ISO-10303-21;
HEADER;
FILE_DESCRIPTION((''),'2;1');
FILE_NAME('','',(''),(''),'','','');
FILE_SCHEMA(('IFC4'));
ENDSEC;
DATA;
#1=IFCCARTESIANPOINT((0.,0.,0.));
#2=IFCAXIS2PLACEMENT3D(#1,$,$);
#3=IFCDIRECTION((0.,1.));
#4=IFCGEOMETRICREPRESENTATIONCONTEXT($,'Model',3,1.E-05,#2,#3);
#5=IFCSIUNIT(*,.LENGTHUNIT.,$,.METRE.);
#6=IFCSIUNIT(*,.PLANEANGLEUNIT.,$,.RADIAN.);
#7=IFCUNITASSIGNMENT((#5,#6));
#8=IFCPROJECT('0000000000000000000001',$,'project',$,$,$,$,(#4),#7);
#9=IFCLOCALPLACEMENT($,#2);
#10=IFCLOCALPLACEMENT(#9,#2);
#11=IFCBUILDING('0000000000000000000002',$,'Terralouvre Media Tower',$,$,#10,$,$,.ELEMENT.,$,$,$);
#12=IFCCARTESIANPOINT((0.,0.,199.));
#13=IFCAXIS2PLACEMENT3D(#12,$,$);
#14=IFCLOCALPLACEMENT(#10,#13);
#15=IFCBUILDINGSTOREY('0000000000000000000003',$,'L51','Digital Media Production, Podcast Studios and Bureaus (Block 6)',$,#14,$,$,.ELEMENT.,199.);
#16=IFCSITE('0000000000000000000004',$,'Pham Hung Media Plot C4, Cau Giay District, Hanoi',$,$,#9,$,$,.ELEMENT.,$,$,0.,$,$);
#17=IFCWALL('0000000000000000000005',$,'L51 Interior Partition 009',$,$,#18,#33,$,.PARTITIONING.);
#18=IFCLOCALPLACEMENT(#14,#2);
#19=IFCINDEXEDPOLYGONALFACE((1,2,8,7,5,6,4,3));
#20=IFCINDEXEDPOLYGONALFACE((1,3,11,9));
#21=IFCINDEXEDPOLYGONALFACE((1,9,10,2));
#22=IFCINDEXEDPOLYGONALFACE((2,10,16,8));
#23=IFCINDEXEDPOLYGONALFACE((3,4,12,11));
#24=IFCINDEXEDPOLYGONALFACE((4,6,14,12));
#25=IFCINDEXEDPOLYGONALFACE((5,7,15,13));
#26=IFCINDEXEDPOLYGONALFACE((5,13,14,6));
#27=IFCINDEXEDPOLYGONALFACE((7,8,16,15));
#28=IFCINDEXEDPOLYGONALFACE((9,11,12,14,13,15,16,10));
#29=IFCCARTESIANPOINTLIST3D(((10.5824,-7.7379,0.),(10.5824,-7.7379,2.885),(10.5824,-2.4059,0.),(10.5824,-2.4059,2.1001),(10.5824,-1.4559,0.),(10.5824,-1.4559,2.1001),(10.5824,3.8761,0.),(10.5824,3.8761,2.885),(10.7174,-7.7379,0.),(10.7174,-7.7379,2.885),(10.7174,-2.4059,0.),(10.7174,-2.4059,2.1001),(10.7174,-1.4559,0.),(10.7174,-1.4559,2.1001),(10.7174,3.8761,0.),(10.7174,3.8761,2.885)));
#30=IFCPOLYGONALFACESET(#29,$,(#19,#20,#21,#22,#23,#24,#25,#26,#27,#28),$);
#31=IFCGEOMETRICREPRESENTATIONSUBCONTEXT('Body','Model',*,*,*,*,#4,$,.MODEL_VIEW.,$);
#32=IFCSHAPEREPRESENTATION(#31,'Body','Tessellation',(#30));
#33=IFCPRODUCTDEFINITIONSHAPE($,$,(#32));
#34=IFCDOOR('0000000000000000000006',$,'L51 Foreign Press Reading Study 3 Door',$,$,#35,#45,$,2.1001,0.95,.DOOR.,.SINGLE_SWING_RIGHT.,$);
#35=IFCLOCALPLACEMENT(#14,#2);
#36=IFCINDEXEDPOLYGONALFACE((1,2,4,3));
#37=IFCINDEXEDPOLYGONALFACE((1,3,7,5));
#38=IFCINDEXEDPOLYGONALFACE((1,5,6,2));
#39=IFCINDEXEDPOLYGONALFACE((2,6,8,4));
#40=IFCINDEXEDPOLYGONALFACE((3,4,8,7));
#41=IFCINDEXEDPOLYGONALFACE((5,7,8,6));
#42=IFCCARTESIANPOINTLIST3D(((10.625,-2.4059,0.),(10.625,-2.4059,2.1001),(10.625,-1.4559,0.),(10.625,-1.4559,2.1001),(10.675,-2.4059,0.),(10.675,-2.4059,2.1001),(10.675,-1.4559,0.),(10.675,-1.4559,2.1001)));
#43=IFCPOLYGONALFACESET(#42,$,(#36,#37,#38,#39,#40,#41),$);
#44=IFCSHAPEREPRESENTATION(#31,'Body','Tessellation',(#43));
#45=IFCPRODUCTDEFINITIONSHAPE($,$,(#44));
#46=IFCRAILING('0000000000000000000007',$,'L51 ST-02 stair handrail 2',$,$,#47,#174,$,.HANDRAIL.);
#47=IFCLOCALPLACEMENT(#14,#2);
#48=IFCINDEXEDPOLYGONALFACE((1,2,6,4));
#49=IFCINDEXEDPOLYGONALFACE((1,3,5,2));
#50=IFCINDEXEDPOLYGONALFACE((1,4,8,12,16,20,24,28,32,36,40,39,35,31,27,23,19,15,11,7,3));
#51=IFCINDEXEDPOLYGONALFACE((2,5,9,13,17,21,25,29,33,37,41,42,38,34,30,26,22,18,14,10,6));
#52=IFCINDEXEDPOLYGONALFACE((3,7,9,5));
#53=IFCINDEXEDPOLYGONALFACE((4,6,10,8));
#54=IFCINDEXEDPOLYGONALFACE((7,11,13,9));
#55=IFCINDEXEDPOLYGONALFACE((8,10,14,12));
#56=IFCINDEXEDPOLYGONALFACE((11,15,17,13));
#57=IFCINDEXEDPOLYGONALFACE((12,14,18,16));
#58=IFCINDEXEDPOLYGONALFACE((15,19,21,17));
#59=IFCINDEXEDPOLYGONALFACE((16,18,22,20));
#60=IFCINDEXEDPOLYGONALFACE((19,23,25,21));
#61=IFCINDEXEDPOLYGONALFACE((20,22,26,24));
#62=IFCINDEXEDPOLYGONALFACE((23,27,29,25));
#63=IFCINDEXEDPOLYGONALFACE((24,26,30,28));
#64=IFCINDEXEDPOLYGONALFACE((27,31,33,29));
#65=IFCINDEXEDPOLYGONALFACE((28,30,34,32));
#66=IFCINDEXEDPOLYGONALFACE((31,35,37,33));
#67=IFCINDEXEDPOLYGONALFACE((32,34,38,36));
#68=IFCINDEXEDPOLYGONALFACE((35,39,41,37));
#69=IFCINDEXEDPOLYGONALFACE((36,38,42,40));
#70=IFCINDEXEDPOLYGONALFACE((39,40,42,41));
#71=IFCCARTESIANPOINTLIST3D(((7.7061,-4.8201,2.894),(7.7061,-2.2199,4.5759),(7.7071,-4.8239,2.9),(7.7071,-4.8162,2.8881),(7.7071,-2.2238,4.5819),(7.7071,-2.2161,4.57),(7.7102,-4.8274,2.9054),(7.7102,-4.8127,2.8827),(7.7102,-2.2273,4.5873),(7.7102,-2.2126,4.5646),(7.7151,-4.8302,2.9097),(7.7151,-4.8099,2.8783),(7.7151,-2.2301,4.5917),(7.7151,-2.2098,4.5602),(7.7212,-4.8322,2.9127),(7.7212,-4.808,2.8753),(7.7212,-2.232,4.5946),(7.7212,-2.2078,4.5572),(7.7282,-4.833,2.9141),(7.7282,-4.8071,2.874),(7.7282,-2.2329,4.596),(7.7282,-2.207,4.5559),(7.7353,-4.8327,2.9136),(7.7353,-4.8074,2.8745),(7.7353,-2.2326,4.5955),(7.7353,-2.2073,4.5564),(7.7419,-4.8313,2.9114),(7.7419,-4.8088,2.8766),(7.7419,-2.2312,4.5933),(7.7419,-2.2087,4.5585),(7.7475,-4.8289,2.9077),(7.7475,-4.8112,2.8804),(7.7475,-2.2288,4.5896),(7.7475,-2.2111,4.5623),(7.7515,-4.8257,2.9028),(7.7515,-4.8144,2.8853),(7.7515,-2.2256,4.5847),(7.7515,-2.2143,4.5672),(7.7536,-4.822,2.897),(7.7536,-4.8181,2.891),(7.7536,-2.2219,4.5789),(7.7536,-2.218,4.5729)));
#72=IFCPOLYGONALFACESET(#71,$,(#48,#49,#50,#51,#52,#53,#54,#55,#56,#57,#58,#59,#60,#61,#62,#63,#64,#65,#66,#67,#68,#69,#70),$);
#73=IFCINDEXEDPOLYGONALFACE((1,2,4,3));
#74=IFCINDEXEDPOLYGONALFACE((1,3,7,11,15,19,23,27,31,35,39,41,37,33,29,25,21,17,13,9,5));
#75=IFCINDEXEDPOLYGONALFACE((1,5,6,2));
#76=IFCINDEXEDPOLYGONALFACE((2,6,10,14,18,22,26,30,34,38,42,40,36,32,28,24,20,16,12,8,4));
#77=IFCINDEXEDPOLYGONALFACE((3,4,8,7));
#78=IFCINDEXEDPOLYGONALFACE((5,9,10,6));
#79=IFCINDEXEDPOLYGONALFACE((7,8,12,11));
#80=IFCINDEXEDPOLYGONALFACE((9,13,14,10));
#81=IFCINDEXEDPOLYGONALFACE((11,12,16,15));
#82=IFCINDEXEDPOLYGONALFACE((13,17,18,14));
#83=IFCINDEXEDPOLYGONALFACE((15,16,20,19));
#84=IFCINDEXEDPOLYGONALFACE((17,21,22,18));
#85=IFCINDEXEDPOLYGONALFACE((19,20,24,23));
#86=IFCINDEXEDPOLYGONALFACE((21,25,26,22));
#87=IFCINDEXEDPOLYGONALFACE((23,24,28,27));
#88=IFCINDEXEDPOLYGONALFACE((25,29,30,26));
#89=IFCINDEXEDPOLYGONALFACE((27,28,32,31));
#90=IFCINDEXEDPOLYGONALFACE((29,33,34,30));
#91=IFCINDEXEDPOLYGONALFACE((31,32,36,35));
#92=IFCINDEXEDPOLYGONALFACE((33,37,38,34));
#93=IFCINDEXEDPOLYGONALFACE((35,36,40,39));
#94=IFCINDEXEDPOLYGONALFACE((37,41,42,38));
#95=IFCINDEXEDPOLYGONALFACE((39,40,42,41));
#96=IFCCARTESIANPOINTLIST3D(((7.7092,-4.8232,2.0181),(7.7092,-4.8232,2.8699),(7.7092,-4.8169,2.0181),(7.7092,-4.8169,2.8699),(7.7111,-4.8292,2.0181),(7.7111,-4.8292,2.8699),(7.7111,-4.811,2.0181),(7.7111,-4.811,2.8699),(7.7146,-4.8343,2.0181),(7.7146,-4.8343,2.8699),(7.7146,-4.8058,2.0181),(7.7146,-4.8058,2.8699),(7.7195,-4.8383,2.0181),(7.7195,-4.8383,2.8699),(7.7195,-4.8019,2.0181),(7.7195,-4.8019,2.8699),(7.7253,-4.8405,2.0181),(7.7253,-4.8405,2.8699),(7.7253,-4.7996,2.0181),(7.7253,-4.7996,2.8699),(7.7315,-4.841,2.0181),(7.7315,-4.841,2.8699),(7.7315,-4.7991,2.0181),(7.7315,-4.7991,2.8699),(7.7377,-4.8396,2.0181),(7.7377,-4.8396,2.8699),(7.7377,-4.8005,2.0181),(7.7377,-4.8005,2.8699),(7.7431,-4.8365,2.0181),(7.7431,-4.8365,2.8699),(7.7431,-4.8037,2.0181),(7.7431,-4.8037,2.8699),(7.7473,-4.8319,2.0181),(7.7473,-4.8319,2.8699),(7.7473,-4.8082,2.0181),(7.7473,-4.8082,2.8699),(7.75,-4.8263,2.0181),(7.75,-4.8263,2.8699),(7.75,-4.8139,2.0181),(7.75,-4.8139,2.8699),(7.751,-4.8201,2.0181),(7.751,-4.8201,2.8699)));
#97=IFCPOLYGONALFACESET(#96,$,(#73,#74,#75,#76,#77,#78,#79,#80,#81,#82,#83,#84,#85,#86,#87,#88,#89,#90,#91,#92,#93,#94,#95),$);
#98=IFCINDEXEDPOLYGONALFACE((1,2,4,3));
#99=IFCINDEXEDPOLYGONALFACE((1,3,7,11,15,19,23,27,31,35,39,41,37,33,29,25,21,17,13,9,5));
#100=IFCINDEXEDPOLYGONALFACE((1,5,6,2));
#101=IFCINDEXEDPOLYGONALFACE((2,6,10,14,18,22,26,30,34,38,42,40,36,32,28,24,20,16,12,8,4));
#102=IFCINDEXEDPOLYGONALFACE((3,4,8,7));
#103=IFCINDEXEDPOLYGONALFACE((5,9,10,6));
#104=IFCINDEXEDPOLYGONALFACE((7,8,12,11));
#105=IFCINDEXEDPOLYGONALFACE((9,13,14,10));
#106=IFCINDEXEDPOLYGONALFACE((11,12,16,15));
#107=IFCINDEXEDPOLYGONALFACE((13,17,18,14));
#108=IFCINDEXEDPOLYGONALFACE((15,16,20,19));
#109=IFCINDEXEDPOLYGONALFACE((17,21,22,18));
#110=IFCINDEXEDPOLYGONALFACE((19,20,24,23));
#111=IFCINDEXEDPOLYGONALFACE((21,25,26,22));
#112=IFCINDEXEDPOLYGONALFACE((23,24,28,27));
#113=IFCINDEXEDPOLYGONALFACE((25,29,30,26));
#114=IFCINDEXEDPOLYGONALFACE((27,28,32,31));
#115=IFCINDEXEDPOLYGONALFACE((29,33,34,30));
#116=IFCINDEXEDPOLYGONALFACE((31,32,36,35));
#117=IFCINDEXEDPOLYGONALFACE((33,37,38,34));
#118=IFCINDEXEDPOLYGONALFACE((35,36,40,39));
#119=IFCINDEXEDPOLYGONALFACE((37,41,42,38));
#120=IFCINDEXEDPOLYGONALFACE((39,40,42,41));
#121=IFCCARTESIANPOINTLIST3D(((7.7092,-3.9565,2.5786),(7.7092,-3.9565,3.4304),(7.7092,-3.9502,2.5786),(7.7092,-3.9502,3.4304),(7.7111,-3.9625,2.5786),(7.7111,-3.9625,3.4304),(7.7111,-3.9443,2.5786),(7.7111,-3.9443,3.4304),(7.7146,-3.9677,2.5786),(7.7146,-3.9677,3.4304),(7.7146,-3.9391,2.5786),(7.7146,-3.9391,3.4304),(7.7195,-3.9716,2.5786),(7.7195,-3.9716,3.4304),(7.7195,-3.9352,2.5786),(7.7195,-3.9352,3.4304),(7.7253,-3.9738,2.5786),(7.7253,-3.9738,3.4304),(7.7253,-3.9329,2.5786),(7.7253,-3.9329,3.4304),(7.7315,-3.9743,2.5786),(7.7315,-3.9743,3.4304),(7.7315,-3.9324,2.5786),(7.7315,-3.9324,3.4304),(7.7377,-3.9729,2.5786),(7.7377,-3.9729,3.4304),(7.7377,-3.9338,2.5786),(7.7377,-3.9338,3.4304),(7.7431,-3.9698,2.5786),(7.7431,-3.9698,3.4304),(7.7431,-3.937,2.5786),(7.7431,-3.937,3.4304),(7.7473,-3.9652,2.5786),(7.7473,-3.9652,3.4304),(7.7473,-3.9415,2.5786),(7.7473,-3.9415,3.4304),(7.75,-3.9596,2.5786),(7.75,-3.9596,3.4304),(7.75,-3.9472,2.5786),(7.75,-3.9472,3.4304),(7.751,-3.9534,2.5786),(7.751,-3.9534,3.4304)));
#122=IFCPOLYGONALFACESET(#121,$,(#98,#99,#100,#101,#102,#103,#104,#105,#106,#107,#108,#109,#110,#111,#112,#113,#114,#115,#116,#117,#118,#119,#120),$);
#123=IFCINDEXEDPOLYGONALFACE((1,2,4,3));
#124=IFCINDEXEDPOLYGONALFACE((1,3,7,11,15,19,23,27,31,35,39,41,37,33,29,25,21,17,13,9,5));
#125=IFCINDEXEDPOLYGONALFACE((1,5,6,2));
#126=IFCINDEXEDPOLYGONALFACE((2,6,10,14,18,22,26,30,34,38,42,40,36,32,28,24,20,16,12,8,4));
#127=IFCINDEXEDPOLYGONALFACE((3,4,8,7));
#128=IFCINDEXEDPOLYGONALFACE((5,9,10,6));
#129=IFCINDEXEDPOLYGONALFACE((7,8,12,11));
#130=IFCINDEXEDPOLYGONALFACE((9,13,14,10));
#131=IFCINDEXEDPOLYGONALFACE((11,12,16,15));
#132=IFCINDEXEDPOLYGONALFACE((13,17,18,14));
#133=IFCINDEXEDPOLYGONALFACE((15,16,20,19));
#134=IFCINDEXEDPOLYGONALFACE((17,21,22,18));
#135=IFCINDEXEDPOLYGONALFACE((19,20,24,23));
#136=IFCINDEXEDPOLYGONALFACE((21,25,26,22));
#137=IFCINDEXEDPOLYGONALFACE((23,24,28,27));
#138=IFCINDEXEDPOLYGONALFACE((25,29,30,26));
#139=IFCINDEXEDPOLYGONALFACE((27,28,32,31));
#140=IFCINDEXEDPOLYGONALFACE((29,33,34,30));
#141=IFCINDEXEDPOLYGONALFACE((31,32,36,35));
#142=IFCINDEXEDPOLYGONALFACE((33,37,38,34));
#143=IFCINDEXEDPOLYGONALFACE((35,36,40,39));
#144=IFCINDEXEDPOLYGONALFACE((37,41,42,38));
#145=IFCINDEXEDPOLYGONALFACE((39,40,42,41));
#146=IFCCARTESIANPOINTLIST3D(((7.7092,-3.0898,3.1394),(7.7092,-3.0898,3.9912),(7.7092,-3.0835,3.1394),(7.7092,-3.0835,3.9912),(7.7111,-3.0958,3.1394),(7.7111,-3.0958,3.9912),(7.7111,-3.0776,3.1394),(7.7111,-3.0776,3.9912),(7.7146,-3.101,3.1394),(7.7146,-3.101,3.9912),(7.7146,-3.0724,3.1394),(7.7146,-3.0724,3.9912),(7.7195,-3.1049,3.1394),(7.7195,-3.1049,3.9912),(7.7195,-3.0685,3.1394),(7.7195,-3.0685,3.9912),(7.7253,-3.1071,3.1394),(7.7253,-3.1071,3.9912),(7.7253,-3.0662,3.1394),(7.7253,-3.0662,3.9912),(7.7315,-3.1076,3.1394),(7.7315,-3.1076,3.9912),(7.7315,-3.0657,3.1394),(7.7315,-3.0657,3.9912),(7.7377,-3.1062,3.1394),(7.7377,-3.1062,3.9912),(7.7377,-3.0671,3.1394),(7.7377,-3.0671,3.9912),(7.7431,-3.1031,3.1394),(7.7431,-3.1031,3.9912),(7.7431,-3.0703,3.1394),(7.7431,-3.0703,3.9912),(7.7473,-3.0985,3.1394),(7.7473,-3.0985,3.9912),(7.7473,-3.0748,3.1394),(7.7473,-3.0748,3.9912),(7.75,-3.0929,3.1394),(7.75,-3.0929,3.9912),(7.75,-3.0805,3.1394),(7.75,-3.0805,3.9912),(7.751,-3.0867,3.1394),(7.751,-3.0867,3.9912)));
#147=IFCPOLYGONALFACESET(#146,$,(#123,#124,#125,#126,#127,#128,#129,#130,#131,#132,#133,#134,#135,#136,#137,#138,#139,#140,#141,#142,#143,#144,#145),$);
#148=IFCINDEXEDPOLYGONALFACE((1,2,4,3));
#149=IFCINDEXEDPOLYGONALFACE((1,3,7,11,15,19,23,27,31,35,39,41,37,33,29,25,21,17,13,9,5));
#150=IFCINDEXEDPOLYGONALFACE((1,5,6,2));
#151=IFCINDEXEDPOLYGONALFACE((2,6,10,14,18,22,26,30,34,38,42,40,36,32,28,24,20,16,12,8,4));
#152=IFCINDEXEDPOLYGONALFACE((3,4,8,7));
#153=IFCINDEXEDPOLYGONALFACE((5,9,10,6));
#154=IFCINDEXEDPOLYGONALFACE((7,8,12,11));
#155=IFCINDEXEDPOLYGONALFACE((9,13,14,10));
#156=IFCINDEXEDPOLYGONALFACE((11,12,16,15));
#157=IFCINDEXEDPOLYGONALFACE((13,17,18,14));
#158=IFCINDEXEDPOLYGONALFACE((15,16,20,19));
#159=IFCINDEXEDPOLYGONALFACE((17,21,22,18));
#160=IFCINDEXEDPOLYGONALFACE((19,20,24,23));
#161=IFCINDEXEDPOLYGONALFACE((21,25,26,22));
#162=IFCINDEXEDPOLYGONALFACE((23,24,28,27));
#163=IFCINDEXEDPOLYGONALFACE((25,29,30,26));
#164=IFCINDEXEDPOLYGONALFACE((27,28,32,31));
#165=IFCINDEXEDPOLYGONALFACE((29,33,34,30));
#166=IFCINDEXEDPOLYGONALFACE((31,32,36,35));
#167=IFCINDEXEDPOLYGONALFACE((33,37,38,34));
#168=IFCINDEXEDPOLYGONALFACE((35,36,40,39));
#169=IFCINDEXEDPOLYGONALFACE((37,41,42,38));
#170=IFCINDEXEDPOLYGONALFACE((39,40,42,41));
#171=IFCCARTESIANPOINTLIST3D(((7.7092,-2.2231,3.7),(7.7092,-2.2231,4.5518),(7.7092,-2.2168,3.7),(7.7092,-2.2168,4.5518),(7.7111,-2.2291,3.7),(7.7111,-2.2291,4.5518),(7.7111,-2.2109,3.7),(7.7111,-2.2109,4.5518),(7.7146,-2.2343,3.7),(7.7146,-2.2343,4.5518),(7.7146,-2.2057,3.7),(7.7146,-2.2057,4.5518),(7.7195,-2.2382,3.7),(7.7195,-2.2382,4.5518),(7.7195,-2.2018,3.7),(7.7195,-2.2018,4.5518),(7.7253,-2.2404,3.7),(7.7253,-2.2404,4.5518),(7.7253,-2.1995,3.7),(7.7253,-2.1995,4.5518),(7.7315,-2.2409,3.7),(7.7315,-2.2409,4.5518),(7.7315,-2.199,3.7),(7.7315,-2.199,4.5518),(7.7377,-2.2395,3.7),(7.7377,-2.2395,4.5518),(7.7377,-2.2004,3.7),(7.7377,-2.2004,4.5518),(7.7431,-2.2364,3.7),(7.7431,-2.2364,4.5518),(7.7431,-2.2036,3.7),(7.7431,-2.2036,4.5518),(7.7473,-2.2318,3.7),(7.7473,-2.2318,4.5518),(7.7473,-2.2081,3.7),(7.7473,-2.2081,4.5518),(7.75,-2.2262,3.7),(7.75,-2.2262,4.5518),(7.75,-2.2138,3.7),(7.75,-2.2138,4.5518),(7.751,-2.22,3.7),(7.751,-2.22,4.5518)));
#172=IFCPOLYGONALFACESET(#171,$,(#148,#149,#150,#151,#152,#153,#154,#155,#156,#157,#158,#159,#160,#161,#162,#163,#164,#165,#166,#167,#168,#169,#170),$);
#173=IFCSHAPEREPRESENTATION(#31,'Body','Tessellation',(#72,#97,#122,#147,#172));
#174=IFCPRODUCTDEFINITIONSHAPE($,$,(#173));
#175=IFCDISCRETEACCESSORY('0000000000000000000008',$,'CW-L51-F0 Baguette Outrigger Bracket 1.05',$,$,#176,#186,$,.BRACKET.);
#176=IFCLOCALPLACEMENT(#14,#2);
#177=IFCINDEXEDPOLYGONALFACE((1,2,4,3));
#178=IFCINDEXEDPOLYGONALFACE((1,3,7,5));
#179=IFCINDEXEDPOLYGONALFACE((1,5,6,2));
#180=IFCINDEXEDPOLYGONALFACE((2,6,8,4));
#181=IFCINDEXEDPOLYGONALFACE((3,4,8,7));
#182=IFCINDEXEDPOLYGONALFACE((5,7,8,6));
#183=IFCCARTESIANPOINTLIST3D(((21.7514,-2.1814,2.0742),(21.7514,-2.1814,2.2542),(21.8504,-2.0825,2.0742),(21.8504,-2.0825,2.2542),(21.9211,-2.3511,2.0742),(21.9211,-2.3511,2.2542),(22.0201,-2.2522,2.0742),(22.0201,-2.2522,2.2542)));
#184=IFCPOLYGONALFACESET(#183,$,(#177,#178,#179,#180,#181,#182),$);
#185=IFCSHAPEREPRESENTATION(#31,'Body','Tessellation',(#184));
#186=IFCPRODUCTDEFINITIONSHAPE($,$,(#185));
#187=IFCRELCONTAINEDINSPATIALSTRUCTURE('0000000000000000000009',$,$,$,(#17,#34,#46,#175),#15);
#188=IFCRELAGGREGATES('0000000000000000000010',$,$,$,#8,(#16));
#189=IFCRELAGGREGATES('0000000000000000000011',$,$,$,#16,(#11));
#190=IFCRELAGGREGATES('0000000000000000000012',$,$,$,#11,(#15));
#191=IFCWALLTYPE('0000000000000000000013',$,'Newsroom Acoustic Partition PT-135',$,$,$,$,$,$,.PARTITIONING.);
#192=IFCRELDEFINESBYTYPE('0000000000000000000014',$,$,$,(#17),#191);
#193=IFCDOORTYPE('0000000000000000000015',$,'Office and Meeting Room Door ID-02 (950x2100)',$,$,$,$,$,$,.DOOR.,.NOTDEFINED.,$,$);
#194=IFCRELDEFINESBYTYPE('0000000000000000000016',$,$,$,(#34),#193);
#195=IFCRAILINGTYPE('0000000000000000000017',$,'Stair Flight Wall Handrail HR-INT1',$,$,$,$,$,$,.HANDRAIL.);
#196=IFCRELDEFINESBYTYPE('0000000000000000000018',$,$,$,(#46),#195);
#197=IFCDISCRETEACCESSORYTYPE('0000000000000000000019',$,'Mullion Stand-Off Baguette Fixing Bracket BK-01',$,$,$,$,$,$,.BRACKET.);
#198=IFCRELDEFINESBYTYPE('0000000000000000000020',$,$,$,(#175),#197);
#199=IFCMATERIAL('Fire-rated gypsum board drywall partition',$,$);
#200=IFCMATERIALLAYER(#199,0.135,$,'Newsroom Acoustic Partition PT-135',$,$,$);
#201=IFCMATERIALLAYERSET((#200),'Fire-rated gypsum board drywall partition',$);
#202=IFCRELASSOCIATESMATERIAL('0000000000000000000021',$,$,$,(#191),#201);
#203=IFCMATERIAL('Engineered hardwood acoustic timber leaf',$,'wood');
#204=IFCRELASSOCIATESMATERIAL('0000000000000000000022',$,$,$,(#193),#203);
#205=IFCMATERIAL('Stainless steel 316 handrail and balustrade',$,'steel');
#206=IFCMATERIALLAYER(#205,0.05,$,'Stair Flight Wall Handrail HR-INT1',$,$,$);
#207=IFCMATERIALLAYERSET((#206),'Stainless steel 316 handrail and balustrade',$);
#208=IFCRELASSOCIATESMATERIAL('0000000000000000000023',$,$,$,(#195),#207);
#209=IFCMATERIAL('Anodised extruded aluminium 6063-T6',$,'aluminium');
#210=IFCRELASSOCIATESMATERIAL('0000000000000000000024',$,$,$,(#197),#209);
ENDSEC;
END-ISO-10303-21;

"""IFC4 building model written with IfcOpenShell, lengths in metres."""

from ifc_helpers import new_model, si_unit, direction, frame, frame_2d, origin, origin_2d, place, context, subcontext, project, spatial, rectangle, circle, extrude, material, layer, layer_set, type_object, element, fill, save


model = new_model("IFC4")

# Units and contexts
model_context = context("Model", 3, precision=1e-05, world=origin(), true_north=direction((0.0, 1.0)))
body_context = subcontext(model_context, "Body", "Model", "MODEL_VIEW")
ifc_project = project(units=[si_unit("LENGTHUNIT", "METRE"), si_unit("PLANEANGLEUNIT", "RADIAN")], contexts=[model_context])

# Site, building, storey
site_placement = place(None, origin())
site = spatial("IfcSite", under=ifc_project, at=site_placement, Name="Pham Hung Media Plot C4, Cau Giay District, Hanoi", CompositionType="ELEMENT", RefElevation=0.0)
building_placement = place(site_placement, origin())
building = spatial("IfcBuilding", under=site, at=building_placement, Name="Terralouvre Media Tower", CompositionType="ELEMENT")
storey_placement = place(building_placement, frame((0.0, 0.0, 199.0)))
storey = spatial("IfcBuildingStorey", under=building, at=storey_placement, Name="L51", Description="Digital Media Production, Podcast Studios and Bureaus (Block 6)", CompositionType="ELEMENT", Elevation=199.0)

# Wall, opening, door
ifc_material_1 = material(Name="Fire-rated gypsum board drywall partition")
ifc_layer_1 = layer(ifc_material_1, 0.135, Name="Newsroom Acoustic Partition PT-135")
ifc_layer_set_1 = layer_set([ifc_layer_1], Name="Fire-rated gypsum board drywall partition")
wall_type_1 = type_object("IfcWallType", Name="Newsroom Acoustic Partition PT-135", PredefinedType="PARTITIONING", material=ifc_layer_set_1)
wall_1_placement = place(storey_placement, frame((10.6499, -7.738, 0.0), z_axis=(0.0, 0.0, 1.0), x_axis=(0.0, 1.0, 0.0)))
wall_1 = element("IfcWall", 1, at=wall_1_placement, inside=storey, type_object=wall_type_1, Name="L51 Interior Partition 009", PredefinedType="PARTITIONING", context=body_context, shape_type="SweptSolid", body=[
    extrude(rectangle(XDim=11.614, YDim=0.135, at=frame_2d((5.8071, 0.0))), origin(), (0.0, 0.0, 1.0), 2.885),
])
opening_1_placement = place(wall_1_placement, frame((5.332, 0.0, 0.0)))
opening_1 = element("IfcOpeningElement", 2, at=opening_1_placement, cuts=wall_1, PredefinedType="OPENING", context=body_context, shape_type="SweptSolid", body=[
    extrude(rectangle(XDim=0.95, YDim=2.1001, at=frame_2d((0.4751, 1.05))), frame((0.0, 0.0774, 0.0), z_axis=(0.0, -1.0, 0.0), x_axis=(1.0, 0.0, 0.0)), (0.0, 0.0, 1.0), 0.155),
])
ifc_material_2 = material(Name="Engineered hardwood acoustic timber leaf", Category="wood")
door_type_1 = type_object("IfcDoorType", Name="Office and Meeting Room Door ID-02 (950x2100)", OperationType="NOTDEFINED", PredefinedType="DOOR", material=ifc_material_2)
door_1_placement = place(opening_1_placement, origin())
door_1 = element("IfcDoor", 3, at=door_1_placement, inside=storey, type_object=door_type_1, Name="L51 Foreign Press Reading Study 3 Door", OperationType="SINGLE_SWING_RIGHT", OverallHeight=2.1001, OverallWidth=0.95, PredefinedType="DOOR", context=body_context, shape_type="SweptSolid", body=[
    extrude(rectangle(XDim=0.95, YDim=2.1001, at=frame_2d((0.4751, 1.05))), frame((0.0, 0.0249, 0.0), z_axis=(0.0, -1.0, 0.0), x_axis=(1.0, 0.0, 0.0)), (0.0, 0.0, 1.0), 0.05),
])
fill(opening_1, door_1)

# Railing
ifc_material_3 = material(Name="Stainless steel 316 handrail and balustrade", Category="steel")
ifc_layer_2 = layer(ifc_material_3, 0.05, Name="Stair Flight Wall Handrail HR-INT1")
ifc_layer_set_2 = layer_set([ifc_layer_2], Name="Stainless steel 316 handrail and balustrade")
railing_type = type_object("IfcRailingType", Name="Stair Flight Wall Handrail HR-INT1", PredefinedType="HANDRAIL", material=ifc_layer_set_2)
railing_placement = place(storey_placement, frame((7.73, -4.8201, 2.0181)))
element("IfcRailing", 4, at=railing_placement, inside=storey, type_object=railing_type, Name="L51 ST-02 stair handrail 2", PredefinedType="HANDRAIL", context=body_context, shape_type="SweptSolid", body=[
    extrude(circle(Radius=0.0239, at=origin_2d()), frame((0.0, 0.0, 0.876), z_axis=(0.0, 0.839648, 0.54313), x_axis=(-1.0, 0.0, 0.0)), (0.0, 0.0, 1.0), 3.0967),
    extrude(circle(Radius=0.021, at=origin_2d()), origin(), (0.0, 0.0, 1.0), 0.8518),
    extrude(circle(Radius=0.021, at=origin_2d()), frame((0.0, 0.8667, 0.5605)), (0.0, 0.0, 1.0), 0.8518),
    extrude(circle(Radius=0.021, at=origin_2d()), frame((0.0, 1.7334, 1.1213)), (0.0, 0.0, 1.0), 0.8518),
    extrude(circle(Radius=0.021, at=origin_2d()), frame((0.0, 2.6001, 1.6819)), (0.0, 0.0, 1.0), 0.8518),
])

# Discrete accessory
ifc_material_4 = material(Name="Anodised extruded aluminium 6063-T6", Category="aluminium")
discrete_accessory_type = type_object("IfcDiscreteAccessoryType", Name="Mullion Stand-Off Baguette Fixing Bracket BK-01", PredefinedType="BRACKET", material=ifc_material_4)
discrete_accessory_placement = place(storey_placement, frame((21.8857, -2.2168, 2.0742), z_axis=(0.0, 0.0, 1.0), x_axis=(0.707107, 0.707107, 0.0)))
element("IfcDiscreteAccessory", 5, at=discrete_accessory_placement, inside=storey, type_object=discrete_accessory_type, Name="CW-L51-F0 Baguette Outrigger Bracket 1.05", PredefinedType="BRACKET", context=body_context, shape_type="SweptSolid", body=[
    extrude(rectangle(XDim=0.1399, YDim=0.24, at=origin_2d()), origin(), (0.0, 0.0, 1.0), 0.1799),
])

save(model, "model.ifc")
